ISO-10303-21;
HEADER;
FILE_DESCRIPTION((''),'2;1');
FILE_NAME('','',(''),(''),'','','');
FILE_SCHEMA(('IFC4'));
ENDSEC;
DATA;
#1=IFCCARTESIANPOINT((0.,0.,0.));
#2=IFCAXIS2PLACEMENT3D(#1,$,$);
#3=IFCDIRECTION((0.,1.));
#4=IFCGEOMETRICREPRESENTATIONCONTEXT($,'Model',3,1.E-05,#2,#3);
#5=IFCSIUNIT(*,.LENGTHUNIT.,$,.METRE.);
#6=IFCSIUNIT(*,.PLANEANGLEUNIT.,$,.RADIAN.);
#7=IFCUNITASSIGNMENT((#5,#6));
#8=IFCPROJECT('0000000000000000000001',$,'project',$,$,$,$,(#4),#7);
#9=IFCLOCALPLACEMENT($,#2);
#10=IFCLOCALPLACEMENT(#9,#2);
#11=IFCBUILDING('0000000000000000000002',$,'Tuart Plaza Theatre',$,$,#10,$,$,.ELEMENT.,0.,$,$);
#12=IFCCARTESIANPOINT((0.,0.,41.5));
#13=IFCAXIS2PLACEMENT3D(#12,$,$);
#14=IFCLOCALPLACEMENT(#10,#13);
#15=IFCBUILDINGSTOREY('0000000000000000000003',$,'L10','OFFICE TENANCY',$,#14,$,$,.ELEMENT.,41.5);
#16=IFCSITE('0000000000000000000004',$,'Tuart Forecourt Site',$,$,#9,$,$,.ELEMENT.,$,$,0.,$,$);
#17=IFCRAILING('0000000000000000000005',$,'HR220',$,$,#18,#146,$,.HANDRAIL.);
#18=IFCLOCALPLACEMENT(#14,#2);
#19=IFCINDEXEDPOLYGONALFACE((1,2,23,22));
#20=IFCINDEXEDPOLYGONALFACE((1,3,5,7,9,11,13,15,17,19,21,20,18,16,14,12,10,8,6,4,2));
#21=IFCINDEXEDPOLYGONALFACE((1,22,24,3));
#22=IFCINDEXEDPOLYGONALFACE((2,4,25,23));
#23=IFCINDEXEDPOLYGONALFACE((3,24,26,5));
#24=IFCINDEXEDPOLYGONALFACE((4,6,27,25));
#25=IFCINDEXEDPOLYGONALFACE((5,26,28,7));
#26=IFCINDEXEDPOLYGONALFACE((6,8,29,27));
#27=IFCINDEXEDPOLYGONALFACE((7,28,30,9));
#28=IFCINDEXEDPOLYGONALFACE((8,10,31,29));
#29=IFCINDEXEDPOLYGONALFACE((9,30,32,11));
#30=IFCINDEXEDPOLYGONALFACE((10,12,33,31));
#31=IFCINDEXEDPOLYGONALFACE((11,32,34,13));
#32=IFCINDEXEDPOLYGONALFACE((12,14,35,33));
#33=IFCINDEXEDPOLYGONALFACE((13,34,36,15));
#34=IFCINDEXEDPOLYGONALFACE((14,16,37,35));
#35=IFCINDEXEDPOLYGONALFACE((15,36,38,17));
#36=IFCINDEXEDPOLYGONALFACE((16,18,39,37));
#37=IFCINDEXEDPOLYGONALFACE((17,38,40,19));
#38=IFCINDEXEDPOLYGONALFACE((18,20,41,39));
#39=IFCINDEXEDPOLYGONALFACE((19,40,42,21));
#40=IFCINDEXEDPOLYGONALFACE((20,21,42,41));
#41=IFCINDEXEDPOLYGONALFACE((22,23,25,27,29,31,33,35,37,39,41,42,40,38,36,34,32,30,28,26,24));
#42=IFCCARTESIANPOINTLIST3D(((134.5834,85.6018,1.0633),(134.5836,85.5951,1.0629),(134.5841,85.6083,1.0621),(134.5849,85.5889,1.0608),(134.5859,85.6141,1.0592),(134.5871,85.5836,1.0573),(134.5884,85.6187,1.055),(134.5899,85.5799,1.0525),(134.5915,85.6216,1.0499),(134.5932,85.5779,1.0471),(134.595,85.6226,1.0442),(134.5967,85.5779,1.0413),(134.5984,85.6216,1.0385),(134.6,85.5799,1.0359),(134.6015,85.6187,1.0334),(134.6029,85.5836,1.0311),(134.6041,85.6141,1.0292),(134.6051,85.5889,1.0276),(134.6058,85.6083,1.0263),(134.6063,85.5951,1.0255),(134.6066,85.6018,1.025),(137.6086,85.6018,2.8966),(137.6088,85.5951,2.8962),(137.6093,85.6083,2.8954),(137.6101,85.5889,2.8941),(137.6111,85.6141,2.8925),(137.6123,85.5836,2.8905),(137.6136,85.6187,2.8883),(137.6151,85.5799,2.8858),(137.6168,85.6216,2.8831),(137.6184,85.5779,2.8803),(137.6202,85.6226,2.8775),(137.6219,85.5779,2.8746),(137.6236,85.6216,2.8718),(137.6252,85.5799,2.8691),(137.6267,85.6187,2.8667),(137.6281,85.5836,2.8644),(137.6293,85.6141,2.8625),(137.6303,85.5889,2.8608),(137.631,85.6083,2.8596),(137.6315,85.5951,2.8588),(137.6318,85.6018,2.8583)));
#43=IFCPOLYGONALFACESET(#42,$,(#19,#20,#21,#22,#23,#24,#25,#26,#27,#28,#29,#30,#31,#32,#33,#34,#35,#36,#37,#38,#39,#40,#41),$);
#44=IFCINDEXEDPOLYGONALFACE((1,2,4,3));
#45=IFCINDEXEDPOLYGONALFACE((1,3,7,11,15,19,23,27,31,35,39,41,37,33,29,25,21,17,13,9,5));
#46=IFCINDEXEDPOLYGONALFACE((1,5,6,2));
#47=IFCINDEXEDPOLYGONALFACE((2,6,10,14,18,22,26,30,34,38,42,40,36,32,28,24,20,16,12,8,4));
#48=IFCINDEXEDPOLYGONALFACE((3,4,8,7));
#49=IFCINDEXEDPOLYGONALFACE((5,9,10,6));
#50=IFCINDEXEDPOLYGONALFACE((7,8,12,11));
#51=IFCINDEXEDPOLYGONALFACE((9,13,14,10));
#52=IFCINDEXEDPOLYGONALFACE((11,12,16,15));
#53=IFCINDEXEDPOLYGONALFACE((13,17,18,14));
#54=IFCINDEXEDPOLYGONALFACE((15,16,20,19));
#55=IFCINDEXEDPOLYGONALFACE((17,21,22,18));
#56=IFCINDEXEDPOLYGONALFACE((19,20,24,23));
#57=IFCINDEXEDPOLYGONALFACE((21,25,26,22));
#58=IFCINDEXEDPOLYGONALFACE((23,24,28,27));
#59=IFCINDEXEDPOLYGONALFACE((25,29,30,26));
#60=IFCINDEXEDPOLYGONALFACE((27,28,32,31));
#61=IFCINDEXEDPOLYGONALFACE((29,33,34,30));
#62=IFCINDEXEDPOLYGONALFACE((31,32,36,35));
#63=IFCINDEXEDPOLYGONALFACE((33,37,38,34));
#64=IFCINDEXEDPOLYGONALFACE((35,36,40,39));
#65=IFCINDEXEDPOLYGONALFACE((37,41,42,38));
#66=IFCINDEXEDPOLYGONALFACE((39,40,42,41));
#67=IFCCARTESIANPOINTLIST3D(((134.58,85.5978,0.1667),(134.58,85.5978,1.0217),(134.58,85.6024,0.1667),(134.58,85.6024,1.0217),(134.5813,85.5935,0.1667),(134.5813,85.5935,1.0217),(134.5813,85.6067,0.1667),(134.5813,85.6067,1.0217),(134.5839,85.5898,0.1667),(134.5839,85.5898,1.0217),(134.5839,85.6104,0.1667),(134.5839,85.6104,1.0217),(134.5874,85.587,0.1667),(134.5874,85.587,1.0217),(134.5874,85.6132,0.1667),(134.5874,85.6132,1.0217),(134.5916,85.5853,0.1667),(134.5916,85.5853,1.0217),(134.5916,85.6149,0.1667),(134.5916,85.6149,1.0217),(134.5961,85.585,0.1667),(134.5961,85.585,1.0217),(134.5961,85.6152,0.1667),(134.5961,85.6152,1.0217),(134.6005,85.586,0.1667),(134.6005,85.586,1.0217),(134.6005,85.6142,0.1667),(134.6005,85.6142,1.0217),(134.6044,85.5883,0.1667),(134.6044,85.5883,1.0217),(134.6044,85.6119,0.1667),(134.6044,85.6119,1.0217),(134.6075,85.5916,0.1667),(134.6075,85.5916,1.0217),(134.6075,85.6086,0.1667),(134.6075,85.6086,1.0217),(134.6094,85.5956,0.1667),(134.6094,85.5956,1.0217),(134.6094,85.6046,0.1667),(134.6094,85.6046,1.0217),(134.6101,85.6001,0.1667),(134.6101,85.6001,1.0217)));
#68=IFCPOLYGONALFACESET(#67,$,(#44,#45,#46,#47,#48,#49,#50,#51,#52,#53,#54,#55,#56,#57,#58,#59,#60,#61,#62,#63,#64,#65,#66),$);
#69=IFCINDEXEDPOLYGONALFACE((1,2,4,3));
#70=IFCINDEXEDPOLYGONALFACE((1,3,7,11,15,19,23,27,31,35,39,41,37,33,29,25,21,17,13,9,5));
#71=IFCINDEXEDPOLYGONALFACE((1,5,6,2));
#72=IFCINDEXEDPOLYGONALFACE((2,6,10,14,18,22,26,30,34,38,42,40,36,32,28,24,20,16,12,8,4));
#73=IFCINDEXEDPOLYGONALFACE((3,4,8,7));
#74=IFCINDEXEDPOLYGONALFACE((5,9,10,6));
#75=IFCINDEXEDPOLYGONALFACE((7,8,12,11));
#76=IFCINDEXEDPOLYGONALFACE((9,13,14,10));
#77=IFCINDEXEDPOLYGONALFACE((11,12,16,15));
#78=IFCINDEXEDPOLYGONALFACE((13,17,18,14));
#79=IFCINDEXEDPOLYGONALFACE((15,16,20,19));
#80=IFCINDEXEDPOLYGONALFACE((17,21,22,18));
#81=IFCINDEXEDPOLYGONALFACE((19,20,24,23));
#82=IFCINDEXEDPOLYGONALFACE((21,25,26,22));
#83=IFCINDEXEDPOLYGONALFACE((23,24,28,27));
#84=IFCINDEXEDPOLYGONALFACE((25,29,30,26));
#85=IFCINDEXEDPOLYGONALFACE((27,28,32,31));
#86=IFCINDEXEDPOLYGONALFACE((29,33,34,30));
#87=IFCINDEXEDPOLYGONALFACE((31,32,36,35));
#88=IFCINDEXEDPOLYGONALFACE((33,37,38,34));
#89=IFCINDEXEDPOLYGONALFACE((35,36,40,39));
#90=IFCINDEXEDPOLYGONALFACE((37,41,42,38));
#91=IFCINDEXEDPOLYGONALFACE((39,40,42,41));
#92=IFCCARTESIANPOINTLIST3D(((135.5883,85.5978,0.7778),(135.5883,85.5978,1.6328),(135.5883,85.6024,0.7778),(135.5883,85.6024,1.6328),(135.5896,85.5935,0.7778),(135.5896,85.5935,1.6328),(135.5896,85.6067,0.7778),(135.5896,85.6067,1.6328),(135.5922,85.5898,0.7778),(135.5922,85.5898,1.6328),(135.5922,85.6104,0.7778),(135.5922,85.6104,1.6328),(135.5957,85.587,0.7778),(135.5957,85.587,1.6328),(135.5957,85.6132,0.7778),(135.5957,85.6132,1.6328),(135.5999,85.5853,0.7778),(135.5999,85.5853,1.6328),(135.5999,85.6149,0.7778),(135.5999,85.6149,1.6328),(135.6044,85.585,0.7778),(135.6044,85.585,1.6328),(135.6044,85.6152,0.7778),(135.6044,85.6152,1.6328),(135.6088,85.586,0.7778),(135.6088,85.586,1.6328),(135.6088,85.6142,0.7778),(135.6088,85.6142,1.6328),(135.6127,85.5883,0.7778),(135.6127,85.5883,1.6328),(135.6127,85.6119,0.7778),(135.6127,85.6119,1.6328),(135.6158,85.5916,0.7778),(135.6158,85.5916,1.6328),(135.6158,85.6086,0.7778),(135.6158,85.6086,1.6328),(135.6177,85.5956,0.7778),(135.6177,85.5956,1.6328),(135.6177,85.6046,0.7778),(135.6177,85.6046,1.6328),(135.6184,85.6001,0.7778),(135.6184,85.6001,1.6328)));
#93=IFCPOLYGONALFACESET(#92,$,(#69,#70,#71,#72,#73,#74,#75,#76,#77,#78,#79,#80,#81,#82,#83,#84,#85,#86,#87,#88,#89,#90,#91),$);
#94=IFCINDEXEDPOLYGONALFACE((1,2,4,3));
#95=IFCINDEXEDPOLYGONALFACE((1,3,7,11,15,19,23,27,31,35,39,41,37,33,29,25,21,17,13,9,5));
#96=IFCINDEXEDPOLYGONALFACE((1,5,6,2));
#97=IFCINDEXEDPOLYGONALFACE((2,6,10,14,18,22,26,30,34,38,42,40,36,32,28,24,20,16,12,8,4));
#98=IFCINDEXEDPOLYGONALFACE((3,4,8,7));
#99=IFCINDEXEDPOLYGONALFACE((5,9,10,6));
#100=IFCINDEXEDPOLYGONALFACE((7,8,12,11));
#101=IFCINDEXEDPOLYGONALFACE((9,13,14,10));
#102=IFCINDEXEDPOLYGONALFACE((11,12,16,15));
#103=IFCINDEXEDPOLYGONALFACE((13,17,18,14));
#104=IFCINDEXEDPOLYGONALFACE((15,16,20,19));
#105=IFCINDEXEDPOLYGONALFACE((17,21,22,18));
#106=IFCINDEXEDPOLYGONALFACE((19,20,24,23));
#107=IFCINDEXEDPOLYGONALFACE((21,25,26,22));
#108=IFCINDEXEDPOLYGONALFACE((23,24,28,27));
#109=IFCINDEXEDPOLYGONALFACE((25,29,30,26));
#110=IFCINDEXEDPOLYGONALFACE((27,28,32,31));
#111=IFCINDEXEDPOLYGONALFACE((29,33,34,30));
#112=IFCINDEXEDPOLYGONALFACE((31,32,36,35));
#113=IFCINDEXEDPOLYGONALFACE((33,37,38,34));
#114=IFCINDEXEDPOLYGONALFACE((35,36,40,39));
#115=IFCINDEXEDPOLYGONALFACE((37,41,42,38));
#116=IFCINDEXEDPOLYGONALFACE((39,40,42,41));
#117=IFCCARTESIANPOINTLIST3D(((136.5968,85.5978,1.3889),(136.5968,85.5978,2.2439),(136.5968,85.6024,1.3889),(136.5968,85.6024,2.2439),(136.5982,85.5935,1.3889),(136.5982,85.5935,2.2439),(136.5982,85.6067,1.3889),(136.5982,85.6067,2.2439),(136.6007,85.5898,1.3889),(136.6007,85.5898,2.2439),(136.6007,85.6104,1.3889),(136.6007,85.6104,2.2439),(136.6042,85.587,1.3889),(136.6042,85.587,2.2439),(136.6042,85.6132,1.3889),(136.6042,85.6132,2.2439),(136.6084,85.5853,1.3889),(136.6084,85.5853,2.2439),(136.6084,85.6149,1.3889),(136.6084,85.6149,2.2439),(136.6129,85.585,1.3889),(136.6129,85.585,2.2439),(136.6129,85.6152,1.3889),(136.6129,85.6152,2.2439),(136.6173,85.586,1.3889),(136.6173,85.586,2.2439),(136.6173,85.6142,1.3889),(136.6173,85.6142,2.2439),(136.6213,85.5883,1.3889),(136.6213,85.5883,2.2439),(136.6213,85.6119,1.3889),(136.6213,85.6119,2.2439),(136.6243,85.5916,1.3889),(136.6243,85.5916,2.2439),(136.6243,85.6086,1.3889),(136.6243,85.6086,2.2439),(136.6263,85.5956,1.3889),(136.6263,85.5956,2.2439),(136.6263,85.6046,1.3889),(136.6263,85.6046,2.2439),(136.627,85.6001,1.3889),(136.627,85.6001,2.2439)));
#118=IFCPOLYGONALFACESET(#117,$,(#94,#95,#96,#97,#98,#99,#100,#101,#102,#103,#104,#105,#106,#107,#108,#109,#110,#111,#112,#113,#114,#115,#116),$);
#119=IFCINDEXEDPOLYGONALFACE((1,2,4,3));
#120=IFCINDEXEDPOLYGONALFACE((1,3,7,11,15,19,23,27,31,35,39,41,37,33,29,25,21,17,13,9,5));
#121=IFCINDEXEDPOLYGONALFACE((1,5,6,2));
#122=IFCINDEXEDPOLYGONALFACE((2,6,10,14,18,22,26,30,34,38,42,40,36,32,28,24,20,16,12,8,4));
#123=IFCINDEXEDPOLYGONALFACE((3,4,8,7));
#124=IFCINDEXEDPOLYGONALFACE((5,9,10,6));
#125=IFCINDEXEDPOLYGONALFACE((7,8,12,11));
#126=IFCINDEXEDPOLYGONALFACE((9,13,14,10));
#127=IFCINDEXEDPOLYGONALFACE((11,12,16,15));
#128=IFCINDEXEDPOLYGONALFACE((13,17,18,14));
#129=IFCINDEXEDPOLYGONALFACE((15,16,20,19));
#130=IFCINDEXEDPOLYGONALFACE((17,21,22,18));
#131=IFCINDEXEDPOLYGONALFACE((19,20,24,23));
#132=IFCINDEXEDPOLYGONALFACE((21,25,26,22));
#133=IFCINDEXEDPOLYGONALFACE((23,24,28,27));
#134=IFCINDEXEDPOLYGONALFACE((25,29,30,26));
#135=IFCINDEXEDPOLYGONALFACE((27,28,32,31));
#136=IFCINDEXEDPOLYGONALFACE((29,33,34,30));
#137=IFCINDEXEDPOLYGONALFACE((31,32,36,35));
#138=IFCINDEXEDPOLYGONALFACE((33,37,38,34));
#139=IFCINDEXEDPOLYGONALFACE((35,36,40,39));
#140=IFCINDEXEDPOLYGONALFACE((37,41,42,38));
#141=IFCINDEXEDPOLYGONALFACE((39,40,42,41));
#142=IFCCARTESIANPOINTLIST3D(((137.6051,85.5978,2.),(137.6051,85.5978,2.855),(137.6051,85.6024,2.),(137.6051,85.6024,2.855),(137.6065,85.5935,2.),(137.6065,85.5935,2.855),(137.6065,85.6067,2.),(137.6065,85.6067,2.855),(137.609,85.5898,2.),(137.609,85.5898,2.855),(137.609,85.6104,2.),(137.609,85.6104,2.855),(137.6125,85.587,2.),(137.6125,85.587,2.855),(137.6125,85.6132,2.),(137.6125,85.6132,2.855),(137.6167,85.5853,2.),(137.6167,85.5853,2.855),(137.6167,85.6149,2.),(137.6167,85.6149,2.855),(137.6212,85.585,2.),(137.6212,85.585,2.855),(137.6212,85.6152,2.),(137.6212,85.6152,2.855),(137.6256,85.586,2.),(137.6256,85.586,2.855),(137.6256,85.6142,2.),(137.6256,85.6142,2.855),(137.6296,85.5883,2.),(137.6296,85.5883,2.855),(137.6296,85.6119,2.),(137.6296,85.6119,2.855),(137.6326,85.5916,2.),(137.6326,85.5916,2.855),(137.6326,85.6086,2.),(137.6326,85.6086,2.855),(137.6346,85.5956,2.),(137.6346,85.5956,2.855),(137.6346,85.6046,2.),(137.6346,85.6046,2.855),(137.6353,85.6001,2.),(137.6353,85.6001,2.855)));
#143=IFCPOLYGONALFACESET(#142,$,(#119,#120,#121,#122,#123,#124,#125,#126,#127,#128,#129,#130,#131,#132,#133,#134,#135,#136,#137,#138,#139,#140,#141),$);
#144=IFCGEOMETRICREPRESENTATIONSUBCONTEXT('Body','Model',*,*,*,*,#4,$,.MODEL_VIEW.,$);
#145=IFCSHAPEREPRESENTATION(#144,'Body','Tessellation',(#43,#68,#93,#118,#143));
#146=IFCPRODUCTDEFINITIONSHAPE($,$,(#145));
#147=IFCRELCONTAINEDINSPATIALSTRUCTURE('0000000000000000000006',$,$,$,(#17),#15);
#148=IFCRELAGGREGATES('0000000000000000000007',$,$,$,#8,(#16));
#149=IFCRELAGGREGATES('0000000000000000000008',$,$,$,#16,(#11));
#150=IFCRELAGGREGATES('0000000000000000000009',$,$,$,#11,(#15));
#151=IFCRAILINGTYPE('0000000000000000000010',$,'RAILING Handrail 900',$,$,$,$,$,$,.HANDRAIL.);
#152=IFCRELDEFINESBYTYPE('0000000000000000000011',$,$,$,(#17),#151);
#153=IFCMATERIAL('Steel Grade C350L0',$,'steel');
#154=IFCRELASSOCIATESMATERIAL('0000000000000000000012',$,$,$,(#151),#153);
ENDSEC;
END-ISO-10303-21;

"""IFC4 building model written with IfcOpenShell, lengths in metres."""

from ifc_helpers import new_model, si_unit, direction, frame, origin, origin_2d, place, context, subcontext, project, spatial, circle, extrude, material, type_object, element, save


model = new_model("IFC4")

# Units and contexts
model_context = context("Model", 3, precision=1e-05, world=origin(), true_north=direction((0.0, 1.0)))
body_context = subcontext(model_context, "Body", "Model", "MODEL_VIEW")
ifc_project = project(units=[si_unit("LENGTHUNIT", "METRE"), si_unit("PLANEANGLEUNIT", "RADIAN")], contexts=[model_context])

# Site, building, storey
site_placement = place(None, origin())
site = spatial("IfcSite", under=ifc_project, at=site_placement, Name="Tuart Forecourt Site", CompositionType="ELEMENT", RefElevation=0.0)
building_placement = place(site_placement, origin())
building = spatial("IfcBuilding", under=site, at=building_placement, Name="Tuart Plaza Theatre", CompositionType="ELEMENT", ElevationOfRefHeight=0.0)
storey_placement = place(building_placement, frame((0.0, 0.0, 41.5)))
storey = spatial("IfcBuildingStorey", under=building, at=storey_placement, Name="L10", Description="OFFICE TENANCY", CompositionType="ELEMENT", Elevation=41.5)

# Railing
ifc_material_1 = material(Name="Steel Grade C350L0", Category="steel")
railing_type_1 = type_object("IfcRailingType", Name="RAILING Handrail 900", PredefinedType="HANDRAIL", material=ifc_material_1)
for number, where, name in (
    (1, (134.595, 85.6001, 0.1667), "HR220"),
):
    element("IfcRailing", number, at=place(storey_placement, frame(where)), inside=storey, type_object=railing_type_1, Name=name, PredefinedType="HANDRAIL", context=body_context, shape_type="SweptSolid", body=[
        extrude(circle(Radius=0.0225, at=origin_2d()), frame((0.0, 0.0, 0.8774), z_axis=(0.855219, 0.0, 0.518267), x_axis=(0.0, 1.0, 0.0)), (0.0, 0.0, 1.0), 3.5374),
        extrude(circle(Radius=0.0151, at=origin_2d()), origin(), (0.0, 0.0, 1.0), 0.855),
        extrude(circle(Radius=0.0151, at=origin_2d()), frame((1.0083, 0.0, 0.6111)), (0.0, 0.0, 1.0), 0.855),
        extrude(circle(Radius=0.0151, at=origin_2d()), frame((2.0168, 0.0, 1.2222)), (0.0, 0.0, 1.0), 0.855),
        extrude(circle(Radius=0.0151, at=origin_2d()), frame((3.0251, 0.0, 1.8333)), (0.0, 0.0, 1.0), 0.855),
    ])

save(model, "model.ifc")
